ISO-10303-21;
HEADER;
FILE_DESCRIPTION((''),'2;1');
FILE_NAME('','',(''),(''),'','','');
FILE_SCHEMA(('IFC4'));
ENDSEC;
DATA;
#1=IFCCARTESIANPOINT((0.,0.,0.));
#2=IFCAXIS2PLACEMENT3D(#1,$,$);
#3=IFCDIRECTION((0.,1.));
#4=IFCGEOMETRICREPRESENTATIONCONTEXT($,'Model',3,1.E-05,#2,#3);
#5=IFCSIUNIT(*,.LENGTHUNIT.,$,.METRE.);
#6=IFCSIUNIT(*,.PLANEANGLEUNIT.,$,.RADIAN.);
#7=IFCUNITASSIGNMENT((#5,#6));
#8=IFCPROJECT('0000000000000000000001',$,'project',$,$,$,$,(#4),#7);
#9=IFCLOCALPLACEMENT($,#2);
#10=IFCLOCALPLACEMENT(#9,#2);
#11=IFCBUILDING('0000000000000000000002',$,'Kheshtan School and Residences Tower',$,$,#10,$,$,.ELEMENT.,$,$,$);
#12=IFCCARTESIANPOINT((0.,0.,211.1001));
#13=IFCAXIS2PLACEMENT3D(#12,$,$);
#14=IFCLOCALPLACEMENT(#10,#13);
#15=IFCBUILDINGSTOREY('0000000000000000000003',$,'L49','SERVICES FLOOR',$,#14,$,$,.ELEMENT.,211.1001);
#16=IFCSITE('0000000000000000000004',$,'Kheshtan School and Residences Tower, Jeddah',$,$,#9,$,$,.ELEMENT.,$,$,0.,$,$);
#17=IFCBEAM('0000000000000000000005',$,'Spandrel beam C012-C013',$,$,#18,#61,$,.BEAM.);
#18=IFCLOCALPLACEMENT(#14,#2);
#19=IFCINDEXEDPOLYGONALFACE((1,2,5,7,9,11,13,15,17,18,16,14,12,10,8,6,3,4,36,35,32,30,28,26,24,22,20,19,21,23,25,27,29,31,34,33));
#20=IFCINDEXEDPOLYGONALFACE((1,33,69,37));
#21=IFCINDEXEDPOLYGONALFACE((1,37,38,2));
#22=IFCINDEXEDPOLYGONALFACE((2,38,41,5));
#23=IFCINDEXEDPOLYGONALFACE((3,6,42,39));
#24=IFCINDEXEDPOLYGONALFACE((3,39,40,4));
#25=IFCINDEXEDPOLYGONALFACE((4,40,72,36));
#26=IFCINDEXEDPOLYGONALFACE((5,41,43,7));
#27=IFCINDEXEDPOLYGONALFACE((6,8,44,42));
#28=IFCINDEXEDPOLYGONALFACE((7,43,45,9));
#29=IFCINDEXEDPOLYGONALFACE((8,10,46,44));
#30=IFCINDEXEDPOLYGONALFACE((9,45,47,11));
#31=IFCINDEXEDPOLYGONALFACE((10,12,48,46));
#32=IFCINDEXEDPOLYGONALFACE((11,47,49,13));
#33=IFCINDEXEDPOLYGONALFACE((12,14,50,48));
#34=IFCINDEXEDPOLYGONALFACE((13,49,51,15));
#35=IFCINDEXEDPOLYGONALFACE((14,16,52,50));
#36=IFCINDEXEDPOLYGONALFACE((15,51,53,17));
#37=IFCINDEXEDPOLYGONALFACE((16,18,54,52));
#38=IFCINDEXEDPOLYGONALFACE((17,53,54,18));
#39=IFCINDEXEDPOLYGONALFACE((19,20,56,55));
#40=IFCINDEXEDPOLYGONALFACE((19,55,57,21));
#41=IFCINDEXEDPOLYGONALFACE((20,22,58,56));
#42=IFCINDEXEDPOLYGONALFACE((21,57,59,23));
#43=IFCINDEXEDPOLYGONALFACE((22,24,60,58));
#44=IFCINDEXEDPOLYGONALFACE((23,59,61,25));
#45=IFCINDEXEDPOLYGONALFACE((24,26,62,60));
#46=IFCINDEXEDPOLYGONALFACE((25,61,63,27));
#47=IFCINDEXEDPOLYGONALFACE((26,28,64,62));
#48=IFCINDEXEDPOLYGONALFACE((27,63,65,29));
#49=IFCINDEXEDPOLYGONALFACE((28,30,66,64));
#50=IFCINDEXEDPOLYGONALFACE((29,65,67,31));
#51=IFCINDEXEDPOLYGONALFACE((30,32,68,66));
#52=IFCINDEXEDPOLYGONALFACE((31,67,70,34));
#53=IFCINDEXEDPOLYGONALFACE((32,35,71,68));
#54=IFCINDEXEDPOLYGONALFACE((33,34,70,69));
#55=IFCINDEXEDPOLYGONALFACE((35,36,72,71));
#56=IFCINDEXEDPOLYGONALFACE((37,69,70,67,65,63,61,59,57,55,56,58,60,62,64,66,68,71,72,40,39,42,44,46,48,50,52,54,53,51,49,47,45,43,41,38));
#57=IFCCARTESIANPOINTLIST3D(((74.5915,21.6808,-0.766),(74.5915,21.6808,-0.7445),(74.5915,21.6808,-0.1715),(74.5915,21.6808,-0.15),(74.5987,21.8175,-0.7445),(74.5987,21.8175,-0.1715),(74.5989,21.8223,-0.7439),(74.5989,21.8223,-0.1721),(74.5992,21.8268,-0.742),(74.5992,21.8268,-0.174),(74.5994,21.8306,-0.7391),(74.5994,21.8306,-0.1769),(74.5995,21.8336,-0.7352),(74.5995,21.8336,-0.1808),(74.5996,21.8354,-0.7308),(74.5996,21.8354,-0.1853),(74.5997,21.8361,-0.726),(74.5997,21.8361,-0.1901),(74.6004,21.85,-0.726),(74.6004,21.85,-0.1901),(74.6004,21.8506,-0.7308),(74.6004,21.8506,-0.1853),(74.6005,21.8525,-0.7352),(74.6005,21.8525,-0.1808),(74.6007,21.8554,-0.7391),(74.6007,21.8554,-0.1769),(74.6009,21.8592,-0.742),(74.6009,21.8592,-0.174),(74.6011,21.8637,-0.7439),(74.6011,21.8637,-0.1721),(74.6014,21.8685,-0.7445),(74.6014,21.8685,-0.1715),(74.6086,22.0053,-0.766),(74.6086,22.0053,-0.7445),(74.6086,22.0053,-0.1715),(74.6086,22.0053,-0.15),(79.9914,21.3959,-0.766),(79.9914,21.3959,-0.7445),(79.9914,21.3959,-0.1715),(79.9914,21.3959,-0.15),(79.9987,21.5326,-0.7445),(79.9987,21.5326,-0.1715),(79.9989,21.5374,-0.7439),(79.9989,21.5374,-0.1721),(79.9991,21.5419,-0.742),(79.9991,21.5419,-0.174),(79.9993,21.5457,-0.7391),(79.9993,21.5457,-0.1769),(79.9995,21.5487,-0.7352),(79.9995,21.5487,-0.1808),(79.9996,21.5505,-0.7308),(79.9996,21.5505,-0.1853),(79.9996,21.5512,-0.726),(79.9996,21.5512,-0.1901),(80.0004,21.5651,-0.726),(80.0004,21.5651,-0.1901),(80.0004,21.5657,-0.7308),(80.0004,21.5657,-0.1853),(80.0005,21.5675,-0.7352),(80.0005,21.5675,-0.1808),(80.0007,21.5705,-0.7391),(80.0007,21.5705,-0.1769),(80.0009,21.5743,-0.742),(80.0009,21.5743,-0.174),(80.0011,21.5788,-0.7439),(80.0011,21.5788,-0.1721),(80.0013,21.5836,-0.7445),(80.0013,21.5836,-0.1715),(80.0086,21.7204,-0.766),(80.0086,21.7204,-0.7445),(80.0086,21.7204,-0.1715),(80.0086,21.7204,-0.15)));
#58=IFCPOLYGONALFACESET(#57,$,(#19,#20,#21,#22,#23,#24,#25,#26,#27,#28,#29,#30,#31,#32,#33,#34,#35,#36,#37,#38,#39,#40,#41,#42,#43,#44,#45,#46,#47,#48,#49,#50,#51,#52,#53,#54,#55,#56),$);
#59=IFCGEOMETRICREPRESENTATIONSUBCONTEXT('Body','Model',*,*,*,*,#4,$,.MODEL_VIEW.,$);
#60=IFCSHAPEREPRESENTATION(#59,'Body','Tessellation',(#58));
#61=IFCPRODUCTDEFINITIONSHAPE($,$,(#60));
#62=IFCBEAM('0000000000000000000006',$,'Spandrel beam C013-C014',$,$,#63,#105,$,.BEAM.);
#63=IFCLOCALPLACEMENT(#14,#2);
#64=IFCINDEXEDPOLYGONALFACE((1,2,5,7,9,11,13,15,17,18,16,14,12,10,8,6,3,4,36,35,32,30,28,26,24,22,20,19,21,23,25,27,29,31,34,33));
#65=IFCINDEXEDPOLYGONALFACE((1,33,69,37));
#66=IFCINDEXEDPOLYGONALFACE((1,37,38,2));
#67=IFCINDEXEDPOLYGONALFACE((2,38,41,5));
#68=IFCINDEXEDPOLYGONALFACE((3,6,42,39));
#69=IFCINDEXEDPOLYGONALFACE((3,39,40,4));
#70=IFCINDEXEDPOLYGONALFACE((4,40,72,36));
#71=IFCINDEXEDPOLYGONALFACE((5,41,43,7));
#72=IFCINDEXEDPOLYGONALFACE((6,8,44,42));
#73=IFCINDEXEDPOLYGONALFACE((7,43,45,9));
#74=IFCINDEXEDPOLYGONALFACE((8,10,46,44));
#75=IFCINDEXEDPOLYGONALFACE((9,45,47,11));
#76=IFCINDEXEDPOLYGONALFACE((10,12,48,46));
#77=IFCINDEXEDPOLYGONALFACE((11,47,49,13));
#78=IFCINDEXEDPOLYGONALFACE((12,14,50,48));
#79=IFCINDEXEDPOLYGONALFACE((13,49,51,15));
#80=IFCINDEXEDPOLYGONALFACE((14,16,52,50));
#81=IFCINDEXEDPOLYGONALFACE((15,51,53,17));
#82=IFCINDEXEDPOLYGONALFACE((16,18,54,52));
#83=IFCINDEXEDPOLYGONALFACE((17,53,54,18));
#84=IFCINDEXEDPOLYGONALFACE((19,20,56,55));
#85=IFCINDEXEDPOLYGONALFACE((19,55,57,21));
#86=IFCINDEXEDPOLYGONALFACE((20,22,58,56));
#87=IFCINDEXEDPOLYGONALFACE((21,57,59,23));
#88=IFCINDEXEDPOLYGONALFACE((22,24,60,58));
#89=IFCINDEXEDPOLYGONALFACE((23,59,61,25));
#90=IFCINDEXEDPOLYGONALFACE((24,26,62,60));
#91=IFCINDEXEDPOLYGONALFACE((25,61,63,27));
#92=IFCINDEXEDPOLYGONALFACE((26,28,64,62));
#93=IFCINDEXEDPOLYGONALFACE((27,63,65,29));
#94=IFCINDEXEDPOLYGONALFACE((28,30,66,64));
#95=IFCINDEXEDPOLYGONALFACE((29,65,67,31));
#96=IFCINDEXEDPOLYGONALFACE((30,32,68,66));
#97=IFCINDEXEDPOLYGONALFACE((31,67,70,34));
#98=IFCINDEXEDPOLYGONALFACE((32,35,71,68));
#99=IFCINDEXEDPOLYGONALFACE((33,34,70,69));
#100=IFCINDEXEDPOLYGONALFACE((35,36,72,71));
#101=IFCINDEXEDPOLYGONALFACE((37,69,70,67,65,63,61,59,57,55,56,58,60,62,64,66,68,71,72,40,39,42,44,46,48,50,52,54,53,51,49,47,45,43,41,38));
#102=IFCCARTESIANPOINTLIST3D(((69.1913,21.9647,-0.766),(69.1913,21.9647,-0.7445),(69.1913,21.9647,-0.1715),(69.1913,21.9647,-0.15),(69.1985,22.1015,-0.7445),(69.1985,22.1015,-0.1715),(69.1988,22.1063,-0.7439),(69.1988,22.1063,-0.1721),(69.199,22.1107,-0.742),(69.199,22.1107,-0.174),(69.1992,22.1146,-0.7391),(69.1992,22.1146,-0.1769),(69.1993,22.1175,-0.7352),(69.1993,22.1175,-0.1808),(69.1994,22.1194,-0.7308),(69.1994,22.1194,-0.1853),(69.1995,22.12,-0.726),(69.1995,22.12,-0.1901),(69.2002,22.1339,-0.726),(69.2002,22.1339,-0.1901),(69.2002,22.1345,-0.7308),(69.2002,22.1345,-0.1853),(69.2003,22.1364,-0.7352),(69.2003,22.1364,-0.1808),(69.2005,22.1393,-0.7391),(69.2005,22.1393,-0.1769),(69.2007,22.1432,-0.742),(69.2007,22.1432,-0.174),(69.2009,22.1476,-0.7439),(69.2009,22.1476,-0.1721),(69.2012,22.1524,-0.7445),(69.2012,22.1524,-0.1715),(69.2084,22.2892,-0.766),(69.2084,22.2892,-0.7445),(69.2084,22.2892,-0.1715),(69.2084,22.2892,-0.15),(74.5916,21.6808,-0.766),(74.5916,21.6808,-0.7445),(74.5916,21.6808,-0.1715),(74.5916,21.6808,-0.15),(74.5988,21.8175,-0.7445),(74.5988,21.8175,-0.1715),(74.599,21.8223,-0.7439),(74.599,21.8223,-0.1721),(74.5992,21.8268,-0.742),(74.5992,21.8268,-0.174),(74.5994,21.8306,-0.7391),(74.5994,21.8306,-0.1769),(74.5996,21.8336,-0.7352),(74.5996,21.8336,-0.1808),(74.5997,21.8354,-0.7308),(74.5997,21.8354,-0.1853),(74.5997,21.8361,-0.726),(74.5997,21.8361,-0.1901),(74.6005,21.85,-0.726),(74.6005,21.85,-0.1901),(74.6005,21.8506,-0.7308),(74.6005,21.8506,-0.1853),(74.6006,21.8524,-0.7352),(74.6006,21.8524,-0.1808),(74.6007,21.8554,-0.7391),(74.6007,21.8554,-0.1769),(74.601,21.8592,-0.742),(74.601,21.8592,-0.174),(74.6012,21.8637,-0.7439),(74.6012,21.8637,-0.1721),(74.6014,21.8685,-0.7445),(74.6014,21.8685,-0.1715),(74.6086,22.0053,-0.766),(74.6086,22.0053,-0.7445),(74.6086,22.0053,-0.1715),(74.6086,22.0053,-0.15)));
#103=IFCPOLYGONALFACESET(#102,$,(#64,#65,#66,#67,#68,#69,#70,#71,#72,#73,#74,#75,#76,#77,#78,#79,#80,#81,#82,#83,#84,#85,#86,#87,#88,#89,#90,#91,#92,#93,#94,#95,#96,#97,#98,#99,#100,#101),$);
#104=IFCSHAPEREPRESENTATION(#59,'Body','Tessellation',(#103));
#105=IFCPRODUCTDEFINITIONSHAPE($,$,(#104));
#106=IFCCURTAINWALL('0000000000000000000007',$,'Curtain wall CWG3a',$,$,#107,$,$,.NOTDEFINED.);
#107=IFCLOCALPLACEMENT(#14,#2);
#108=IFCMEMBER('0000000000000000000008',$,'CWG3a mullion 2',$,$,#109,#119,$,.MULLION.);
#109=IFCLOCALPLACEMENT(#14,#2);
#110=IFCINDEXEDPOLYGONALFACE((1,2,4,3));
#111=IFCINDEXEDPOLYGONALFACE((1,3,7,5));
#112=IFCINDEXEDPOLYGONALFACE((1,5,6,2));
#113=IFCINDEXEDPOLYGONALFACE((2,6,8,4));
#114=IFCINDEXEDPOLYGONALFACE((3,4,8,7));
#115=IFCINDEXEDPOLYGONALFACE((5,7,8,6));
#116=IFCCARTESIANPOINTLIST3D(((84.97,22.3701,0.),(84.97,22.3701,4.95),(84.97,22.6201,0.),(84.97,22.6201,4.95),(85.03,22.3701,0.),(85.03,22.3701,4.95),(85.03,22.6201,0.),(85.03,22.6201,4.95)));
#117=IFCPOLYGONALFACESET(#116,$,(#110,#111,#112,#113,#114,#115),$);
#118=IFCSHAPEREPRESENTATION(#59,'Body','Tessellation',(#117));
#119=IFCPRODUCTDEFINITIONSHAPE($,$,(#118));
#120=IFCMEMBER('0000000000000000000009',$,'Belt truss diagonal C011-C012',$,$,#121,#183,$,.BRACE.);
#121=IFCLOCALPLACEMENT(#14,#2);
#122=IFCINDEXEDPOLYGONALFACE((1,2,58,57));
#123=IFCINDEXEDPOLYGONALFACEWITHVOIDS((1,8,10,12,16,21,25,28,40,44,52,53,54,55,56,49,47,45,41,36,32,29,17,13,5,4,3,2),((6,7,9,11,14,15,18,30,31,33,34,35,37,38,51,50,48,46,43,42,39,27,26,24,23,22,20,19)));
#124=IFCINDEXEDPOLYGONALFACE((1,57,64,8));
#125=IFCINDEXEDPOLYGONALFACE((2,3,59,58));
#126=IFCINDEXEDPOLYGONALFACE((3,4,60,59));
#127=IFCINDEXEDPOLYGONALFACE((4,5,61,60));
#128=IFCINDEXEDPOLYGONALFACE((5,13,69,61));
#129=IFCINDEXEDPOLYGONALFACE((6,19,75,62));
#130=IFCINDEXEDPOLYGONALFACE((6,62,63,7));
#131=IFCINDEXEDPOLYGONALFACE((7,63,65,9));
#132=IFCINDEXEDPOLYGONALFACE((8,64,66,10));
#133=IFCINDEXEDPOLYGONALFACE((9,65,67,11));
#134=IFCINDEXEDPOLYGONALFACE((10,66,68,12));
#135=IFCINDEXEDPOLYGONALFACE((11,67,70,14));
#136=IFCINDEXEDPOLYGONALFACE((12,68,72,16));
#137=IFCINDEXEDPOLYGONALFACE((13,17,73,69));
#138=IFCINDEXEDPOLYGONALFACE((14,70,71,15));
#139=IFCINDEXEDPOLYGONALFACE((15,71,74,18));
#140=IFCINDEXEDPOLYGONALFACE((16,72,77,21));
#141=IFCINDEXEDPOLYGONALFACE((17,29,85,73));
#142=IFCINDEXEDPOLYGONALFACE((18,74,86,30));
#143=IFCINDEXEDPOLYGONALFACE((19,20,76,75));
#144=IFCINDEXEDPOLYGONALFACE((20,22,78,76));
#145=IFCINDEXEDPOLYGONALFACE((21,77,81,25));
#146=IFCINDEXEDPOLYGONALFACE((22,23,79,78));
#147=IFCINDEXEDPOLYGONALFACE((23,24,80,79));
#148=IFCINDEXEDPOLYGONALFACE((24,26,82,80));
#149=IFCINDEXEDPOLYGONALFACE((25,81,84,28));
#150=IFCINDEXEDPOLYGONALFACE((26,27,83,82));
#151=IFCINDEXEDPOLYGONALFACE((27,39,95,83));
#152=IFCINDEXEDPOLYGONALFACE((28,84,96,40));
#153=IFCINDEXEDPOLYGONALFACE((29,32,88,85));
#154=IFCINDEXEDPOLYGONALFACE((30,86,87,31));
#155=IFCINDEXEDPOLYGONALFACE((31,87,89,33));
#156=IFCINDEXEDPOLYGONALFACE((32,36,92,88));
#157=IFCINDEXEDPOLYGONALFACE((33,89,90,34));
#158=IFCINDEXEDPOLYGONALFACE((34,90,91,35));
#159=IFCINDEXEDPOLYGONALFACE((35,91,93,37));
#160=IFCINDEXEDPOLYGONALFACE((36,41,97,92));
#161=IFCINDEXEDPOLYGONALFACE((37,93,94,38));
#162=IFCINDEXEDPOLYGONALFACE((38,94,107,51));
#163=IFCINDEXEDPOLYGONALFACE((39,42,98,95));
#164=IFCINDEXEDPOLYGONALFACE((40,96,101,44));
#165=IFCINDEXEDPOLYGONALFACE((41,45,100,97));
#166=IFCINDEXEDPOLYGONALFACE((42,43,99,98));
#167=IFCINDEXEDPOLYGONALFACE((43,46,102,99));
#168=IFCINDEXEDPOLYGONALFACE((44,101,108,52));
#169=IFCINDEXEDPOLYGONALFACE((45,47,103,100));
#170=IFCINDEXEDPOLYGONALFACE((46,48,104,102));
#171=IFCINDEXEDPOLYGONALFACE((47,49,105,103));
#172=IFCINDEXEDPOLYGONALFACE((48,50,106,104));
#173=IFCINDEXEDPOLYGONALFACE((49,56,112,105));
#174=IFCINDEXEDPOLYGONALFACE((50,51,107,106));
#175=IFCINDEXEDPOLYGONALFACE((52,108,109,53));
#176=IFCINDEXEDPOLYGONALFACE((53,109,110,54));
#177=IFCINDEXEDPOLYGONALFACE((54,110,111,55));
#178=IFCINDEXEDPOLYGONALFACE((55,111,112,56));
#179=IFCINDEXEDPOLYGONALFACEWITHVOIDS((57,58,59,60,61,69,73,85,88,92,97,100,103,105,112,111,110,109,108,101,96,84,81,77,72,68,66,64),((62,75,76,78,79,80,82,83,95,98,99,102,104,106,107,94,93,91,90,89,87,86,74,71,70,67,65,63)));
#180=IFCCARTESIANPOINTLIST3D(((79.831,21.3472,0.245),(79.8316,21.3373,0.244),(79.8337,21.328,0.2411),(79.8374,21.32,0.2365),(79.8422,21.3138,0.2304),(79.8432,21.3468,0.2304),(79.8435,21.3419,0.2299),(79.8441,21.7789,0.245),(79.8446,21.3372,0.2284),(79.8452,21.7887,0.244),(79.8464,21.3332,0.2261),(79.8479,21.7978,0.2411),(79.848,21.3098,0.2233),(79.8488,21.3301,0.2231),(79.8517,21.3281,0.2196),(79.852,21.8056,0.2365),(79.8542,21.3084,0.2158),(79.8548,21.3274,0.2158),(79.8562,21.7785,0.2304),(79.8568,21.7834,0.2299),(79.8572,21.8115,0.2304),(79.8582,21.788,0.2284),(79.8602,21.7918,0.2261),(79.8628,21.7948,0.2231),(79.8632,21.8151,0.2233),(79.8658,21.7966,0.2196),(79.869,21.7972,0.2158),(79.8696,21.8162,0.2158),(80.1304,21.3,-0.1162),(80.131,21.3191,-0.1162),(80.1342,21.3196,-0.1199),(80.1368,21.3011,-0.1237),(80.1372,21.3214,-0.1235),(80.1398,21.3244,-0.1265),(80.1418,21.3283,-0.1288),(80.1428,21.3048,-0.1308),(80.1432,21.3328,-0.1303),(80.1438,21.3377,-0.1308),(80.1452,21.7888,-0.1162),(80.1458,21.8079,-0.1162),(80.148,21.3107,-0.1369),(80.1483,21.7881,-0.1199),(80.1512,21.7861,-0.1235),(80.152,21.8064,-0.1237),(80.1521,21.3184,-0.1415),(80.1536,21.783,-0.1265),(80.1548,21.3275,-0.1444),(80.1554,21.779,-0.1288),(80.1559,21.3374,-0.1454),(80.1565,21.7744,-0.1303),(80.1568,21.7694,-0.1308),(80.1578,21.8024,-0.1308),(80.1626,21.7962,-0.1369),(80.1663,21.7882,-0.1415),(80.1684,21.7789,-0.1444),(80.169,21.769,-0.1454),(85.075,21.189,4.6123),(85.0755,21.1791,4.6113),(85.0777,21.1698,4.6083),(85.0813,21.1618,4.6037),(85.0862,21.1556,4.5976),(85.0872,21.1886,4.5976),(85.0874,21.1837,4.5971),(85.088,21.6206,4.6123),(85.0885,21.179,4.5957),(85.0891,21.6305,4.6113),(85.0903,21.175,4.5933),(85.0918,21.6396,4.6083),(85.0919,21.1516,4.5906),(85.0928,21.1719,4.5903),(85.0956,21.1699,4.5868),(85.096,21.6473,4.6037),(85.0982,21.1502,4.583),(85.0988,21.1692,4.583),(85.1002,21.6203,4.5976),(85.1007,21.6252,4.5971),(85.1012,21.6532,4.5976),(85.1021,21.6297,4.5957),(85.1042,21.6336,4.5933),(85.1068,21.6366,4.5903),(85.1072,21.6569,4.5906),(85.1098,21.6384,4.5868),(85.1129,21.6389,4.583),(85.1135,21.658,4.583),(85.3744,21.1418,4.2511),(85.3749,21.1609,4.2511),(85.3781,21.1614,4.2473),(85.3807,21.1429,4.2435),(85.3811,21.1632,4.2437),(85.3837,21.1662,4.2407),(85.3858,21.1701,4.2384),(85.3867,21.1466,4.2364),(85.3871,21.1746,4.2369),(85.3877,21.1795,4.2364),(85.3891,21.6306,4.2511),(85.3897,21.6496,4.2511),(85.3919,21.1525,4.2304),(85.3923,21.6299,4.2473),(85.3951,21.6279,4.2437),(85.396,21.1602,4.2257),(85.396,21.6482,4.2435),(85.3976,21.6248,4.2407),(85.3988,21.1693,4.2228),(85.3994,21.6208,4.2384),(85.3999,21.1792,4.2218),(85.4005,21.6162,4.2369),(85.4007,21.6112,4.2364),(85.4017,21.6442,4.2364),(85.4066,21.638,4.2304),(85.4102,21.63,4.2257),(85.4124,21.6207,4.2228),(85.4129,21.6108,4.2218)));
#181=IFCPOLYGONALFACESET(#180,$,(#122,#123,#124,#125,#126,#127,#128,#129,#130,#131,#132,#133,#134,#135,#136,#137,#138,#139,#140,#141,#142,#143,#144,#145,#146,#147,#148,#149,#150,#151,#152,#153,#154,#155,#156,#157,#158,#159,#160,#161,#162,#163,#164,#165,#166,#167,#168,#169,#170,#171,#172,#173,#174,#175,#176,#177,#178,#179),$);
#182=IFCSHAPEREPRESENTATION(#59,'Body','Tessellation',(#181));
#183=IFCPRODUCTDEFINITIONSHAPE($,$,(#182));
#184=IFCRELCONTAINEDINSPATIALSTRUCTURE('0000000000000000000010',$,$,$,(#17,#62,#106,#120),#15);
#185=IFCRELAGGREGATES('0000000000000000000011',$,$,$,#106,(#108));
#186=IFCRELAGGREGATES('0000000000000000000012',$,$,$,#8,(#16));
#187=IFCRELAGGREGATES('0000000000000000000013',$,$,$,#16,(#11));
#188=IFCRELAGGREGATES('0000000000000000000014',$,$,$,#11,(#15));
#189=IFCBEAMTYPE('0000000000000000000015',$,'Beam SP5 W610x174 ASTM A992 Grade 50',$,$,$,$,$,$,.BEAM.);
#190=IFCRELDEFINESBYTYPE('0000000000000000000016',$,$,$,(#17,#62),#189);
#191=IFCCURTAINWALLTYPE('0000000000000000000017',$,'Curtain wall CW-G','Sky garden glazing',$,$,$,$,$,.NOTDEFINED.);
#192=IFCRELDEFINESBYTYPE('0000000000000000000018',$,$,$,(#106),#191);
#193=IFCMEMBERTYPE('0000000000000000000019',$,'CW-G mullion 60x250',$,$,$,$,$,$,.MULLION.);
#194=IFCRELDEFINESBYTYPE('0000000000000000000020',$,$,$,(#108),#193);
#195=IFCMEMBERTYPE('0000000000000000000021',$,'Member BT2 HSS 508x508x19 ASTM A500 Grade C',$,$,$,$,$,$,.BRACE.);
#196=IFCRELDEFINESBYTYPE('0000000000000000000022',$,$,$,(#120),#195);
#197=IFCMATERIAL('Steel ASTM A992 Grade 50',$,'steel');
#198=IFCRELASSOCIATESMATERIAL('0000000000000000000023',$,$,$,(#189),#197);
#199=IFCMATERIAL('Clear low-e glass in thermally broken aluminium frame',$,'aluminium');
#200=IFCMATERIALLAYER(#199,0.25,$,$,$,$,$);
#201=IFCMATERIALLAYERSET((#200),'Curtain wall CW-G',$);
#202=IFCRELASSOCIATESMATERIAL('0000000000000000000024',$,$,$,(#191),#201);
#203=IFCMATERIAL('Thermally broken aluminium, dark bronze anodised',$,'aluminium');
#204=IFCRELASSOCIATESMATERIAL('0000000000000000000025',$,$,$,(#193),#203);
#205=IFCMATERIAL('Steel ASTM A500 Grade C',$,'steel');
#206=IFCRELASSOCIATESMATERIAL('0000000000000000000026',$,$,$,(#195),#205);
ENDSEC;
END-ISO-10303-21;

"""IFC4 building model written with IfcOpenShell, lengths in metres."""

from ifc_helpers import new_model, si_unit, direction, frame, origin, origin_2d, place, context, subcontext, project, spatial, rectangle, hollow_rectangle, i_section, extrude, material, layer, layer_set, material_profile, profile_set, type_object, element, aggregate, save


model = new_model("IFC4")

# Units and contexts
model_context = context("Model", 3, precision=1e-05, world=origin(), true_north=direction((0.0, 1.0)))
body_context = subcontext(model_context, "Body", "Model", "MODEL_VIEW")
ifc_project = project(units=[si_unit("LENGTHUNIT", "METRE"), si_unit("PLANEANGLEUNIT", "RADIAN")], contexts=[model_context])

# Site, building, storey
site_placement = place(None, origin())
site = spatial("IfcSite", under=ifc_project, at=site_placement, Name="Kheshtan School and Residences Tower, Jeddah", CompositionType="ELEMENT", RefElevation=0.0)
building_placement = place(site_placement, origin())
building = spatial("IfcBuilding", under=site, at=building_placement, Name="Kheshtan School and Residences Tower", CompositionType="ELEMENT")
storey_placement = place(building_placement, frame((0.0, 0.0, 211.1001)))
storey = spatial("IfcBuildingStorey", under=building, at=storey_placement, Name="L49", Description="SERVICES FLOOR", CompositionType="ELEMENT", Elevation=211.1001)

# Shared definitions
ifc_material_1 = material(Name="Steel ASTM A992 Grade 50", Category="steel")

# Beams
ifc_material_profile_1 = material_profile(ifc_material_1, i_section(OverallWidth=0.325, OverallDepth=0.616, WebThickness=0.0139, FlangeThickness=0.0215, FilletRadius=0.0186, at=origin_2d()), Name="W610x174")
ifc_profile_set_1 = profile_set([ifc_material_profile_1], Name="Steel ASTM A992 Grade 50")
beam_type = type_object("IfcBeamType", Name="Beam SP5 W610x174 ASTM A992 Grade 50", PredefinedType="BEAM", material=ifc_profile_set_1)
beam_1_placement = place(storey_placement, frame((80.0, 21.5581, -0.458), z_axis=(-0.998611, 0.052689, 0.0), x_axis=(-0.052689, -0.998611, 0.0)))
element("IfcBeam", 1, at=beam_1_placement, inside=storey, type_object=beam_type, Name="Spandrel beam C012-C013", PredefinedType="BEAM", context=body_context, shape_type="SweptSolid", body=[
    extrude(i_section(OverallWidth=0.325, OverallDepth=0.616, WebThickness=0.0139, FlangeThickness=0.0215, FilletRadius=0.0186, at=origin_2d()), origin(), (0.0, 0.0, 1.0), 5.4075),
])
beam_2_placement = place(storey_placement, frame((74.6001, 21.843, -0.458), z_axis=(-0.998621, 0.052507, 0.0), x_axis=(-0.052507, -0.998621, 0.0)))
element("IfcBeam", 2, at=beam_2_placement, inside=storey, type_object=beam_type, Name="Spandrel beam C013-C014", PredefinedType="BEAM", context=body_context, shape_type="SweptSolid", body=[
    extrude(i_section(OverallWidth=0.325, OverallDepth=0.616, WebThickness=0.0139, FlangeThickness=0.0215, FilletRadius=0.0186, at=origin_2d()), origin(), (0.0, 0.0, 1.0), 5.4077),
])

# Curtain wall, member
ifc_material_2 = material(Name="Clear low-e glass in thermally broken aluminium frame", Category="aluminium")
ifc_layer_1 = layer(ifc_material_2, 0.25)
ifc_layer_set_1 = layer_set([ifc_layer_1], Name="Curtain wall CW-G")
curtain_wall_type = type_object("IfcCurtainWallType", Name="Curtain wall CW-G", Description="Sky garden glazing", PredefinedType="NOTDEFINED", material=ifc_layer_set_1)
curtain_wall_placement = place(storey_placement, origin())
curtain_wall = element("IfcCurtainWall", 3, at=curtain_wall_placement, inside=storey, type_object=curtain_wall_type, Name="Curtain wall CWG3a", PredefinedType="NOTDEFINED")
ifc_material_3 = material(Name="Thermally broken aluminium, dark bronze anodised", Category="aluminium")
ifc_material_profile_2 = material_profile(ifc_material_3, rectangle(XDim=0.0601, YDim=0.25, at=origin_2d()), Name="CW-G mullion 60x250")
ifc_profile_set_2 = profile_set([ifc_material_profile_2], Name="Thermally broken aluminium, dark bronze anodised")
member_type_1 = type_object("IfcMemberType", Name="CW-G mullion 60x250", PredefinedType="MULLION", material=ifc_profile_set_2)
member_1_placement = place(storey_placement, frame((85.0, 22.4951, 0.0), z_axis=(0.0, 0.0, 1.0), x_axis=(1.0, 0.0, 0.0)))
member_1 = element("IfcMember", 4, at=member_1_placement, type_object=member_type_1, Name="CWG3a mullion 2", PredefinedType="MULLION", context=body_context, shape_type="SweptSolid", body=[
    extrude(rectangle(XDim=0.0601, YDim=0.25, at=origin_2d()), origin(), (0.0, 0.0, 1.0), 4.95),
])

# Member
ifc_material_4 = material(Name="Steel ASTM A500 Grade C", Category="steel")
ifc_material_profile_3 = material_profile(ifc_material_4, hollow_rectangle(XDim=0.5081, YDim=0.5081, WallThickness=0.019, InnerFilletRadius=0.019, OuterFilletRadius=0.0381, at=origin_2d()), Name="HSS 508x508x19")
ifc_profile_set_3 = profile_set([ifc_material_profile_3], Name="Steel ASTM A500 Grade C")
member_type_2 = type_object("IfcMemberType", Name="Member BT2 HSS 508x508x19 ASTM A500 Grade C", PredefinedType="BRACE", material=ifc_profile_set_3)
member_2_placement = place(storey_placement, frame((80.0, 21.5581, 0.0498), z_axis=(0.768211, -0.023176, 0.639777), x_axis=(0.030155, 0.999545, 0.0)))
element("IfcMember", 5, at=member_2_placement, inside=storey, type_object=member_type_2, Name="Belt truss diagonal C011-C012", PredefinedType="BRACE", context=body_context, shape_type="SweptSolid", body=[
    extrude(hollow_rectangle(XDim=0.5081, YDim=0.5081, WallThickness=0.019, InnerFilletRadius=0.019, OuterFilletRadius=0.0381, at=origin_2d()), origin(), (0.0, 0.0, 1.0), 6.8262),
])

aggregate(curtain_wall, [member_1])

save(model, "model.ifc")
